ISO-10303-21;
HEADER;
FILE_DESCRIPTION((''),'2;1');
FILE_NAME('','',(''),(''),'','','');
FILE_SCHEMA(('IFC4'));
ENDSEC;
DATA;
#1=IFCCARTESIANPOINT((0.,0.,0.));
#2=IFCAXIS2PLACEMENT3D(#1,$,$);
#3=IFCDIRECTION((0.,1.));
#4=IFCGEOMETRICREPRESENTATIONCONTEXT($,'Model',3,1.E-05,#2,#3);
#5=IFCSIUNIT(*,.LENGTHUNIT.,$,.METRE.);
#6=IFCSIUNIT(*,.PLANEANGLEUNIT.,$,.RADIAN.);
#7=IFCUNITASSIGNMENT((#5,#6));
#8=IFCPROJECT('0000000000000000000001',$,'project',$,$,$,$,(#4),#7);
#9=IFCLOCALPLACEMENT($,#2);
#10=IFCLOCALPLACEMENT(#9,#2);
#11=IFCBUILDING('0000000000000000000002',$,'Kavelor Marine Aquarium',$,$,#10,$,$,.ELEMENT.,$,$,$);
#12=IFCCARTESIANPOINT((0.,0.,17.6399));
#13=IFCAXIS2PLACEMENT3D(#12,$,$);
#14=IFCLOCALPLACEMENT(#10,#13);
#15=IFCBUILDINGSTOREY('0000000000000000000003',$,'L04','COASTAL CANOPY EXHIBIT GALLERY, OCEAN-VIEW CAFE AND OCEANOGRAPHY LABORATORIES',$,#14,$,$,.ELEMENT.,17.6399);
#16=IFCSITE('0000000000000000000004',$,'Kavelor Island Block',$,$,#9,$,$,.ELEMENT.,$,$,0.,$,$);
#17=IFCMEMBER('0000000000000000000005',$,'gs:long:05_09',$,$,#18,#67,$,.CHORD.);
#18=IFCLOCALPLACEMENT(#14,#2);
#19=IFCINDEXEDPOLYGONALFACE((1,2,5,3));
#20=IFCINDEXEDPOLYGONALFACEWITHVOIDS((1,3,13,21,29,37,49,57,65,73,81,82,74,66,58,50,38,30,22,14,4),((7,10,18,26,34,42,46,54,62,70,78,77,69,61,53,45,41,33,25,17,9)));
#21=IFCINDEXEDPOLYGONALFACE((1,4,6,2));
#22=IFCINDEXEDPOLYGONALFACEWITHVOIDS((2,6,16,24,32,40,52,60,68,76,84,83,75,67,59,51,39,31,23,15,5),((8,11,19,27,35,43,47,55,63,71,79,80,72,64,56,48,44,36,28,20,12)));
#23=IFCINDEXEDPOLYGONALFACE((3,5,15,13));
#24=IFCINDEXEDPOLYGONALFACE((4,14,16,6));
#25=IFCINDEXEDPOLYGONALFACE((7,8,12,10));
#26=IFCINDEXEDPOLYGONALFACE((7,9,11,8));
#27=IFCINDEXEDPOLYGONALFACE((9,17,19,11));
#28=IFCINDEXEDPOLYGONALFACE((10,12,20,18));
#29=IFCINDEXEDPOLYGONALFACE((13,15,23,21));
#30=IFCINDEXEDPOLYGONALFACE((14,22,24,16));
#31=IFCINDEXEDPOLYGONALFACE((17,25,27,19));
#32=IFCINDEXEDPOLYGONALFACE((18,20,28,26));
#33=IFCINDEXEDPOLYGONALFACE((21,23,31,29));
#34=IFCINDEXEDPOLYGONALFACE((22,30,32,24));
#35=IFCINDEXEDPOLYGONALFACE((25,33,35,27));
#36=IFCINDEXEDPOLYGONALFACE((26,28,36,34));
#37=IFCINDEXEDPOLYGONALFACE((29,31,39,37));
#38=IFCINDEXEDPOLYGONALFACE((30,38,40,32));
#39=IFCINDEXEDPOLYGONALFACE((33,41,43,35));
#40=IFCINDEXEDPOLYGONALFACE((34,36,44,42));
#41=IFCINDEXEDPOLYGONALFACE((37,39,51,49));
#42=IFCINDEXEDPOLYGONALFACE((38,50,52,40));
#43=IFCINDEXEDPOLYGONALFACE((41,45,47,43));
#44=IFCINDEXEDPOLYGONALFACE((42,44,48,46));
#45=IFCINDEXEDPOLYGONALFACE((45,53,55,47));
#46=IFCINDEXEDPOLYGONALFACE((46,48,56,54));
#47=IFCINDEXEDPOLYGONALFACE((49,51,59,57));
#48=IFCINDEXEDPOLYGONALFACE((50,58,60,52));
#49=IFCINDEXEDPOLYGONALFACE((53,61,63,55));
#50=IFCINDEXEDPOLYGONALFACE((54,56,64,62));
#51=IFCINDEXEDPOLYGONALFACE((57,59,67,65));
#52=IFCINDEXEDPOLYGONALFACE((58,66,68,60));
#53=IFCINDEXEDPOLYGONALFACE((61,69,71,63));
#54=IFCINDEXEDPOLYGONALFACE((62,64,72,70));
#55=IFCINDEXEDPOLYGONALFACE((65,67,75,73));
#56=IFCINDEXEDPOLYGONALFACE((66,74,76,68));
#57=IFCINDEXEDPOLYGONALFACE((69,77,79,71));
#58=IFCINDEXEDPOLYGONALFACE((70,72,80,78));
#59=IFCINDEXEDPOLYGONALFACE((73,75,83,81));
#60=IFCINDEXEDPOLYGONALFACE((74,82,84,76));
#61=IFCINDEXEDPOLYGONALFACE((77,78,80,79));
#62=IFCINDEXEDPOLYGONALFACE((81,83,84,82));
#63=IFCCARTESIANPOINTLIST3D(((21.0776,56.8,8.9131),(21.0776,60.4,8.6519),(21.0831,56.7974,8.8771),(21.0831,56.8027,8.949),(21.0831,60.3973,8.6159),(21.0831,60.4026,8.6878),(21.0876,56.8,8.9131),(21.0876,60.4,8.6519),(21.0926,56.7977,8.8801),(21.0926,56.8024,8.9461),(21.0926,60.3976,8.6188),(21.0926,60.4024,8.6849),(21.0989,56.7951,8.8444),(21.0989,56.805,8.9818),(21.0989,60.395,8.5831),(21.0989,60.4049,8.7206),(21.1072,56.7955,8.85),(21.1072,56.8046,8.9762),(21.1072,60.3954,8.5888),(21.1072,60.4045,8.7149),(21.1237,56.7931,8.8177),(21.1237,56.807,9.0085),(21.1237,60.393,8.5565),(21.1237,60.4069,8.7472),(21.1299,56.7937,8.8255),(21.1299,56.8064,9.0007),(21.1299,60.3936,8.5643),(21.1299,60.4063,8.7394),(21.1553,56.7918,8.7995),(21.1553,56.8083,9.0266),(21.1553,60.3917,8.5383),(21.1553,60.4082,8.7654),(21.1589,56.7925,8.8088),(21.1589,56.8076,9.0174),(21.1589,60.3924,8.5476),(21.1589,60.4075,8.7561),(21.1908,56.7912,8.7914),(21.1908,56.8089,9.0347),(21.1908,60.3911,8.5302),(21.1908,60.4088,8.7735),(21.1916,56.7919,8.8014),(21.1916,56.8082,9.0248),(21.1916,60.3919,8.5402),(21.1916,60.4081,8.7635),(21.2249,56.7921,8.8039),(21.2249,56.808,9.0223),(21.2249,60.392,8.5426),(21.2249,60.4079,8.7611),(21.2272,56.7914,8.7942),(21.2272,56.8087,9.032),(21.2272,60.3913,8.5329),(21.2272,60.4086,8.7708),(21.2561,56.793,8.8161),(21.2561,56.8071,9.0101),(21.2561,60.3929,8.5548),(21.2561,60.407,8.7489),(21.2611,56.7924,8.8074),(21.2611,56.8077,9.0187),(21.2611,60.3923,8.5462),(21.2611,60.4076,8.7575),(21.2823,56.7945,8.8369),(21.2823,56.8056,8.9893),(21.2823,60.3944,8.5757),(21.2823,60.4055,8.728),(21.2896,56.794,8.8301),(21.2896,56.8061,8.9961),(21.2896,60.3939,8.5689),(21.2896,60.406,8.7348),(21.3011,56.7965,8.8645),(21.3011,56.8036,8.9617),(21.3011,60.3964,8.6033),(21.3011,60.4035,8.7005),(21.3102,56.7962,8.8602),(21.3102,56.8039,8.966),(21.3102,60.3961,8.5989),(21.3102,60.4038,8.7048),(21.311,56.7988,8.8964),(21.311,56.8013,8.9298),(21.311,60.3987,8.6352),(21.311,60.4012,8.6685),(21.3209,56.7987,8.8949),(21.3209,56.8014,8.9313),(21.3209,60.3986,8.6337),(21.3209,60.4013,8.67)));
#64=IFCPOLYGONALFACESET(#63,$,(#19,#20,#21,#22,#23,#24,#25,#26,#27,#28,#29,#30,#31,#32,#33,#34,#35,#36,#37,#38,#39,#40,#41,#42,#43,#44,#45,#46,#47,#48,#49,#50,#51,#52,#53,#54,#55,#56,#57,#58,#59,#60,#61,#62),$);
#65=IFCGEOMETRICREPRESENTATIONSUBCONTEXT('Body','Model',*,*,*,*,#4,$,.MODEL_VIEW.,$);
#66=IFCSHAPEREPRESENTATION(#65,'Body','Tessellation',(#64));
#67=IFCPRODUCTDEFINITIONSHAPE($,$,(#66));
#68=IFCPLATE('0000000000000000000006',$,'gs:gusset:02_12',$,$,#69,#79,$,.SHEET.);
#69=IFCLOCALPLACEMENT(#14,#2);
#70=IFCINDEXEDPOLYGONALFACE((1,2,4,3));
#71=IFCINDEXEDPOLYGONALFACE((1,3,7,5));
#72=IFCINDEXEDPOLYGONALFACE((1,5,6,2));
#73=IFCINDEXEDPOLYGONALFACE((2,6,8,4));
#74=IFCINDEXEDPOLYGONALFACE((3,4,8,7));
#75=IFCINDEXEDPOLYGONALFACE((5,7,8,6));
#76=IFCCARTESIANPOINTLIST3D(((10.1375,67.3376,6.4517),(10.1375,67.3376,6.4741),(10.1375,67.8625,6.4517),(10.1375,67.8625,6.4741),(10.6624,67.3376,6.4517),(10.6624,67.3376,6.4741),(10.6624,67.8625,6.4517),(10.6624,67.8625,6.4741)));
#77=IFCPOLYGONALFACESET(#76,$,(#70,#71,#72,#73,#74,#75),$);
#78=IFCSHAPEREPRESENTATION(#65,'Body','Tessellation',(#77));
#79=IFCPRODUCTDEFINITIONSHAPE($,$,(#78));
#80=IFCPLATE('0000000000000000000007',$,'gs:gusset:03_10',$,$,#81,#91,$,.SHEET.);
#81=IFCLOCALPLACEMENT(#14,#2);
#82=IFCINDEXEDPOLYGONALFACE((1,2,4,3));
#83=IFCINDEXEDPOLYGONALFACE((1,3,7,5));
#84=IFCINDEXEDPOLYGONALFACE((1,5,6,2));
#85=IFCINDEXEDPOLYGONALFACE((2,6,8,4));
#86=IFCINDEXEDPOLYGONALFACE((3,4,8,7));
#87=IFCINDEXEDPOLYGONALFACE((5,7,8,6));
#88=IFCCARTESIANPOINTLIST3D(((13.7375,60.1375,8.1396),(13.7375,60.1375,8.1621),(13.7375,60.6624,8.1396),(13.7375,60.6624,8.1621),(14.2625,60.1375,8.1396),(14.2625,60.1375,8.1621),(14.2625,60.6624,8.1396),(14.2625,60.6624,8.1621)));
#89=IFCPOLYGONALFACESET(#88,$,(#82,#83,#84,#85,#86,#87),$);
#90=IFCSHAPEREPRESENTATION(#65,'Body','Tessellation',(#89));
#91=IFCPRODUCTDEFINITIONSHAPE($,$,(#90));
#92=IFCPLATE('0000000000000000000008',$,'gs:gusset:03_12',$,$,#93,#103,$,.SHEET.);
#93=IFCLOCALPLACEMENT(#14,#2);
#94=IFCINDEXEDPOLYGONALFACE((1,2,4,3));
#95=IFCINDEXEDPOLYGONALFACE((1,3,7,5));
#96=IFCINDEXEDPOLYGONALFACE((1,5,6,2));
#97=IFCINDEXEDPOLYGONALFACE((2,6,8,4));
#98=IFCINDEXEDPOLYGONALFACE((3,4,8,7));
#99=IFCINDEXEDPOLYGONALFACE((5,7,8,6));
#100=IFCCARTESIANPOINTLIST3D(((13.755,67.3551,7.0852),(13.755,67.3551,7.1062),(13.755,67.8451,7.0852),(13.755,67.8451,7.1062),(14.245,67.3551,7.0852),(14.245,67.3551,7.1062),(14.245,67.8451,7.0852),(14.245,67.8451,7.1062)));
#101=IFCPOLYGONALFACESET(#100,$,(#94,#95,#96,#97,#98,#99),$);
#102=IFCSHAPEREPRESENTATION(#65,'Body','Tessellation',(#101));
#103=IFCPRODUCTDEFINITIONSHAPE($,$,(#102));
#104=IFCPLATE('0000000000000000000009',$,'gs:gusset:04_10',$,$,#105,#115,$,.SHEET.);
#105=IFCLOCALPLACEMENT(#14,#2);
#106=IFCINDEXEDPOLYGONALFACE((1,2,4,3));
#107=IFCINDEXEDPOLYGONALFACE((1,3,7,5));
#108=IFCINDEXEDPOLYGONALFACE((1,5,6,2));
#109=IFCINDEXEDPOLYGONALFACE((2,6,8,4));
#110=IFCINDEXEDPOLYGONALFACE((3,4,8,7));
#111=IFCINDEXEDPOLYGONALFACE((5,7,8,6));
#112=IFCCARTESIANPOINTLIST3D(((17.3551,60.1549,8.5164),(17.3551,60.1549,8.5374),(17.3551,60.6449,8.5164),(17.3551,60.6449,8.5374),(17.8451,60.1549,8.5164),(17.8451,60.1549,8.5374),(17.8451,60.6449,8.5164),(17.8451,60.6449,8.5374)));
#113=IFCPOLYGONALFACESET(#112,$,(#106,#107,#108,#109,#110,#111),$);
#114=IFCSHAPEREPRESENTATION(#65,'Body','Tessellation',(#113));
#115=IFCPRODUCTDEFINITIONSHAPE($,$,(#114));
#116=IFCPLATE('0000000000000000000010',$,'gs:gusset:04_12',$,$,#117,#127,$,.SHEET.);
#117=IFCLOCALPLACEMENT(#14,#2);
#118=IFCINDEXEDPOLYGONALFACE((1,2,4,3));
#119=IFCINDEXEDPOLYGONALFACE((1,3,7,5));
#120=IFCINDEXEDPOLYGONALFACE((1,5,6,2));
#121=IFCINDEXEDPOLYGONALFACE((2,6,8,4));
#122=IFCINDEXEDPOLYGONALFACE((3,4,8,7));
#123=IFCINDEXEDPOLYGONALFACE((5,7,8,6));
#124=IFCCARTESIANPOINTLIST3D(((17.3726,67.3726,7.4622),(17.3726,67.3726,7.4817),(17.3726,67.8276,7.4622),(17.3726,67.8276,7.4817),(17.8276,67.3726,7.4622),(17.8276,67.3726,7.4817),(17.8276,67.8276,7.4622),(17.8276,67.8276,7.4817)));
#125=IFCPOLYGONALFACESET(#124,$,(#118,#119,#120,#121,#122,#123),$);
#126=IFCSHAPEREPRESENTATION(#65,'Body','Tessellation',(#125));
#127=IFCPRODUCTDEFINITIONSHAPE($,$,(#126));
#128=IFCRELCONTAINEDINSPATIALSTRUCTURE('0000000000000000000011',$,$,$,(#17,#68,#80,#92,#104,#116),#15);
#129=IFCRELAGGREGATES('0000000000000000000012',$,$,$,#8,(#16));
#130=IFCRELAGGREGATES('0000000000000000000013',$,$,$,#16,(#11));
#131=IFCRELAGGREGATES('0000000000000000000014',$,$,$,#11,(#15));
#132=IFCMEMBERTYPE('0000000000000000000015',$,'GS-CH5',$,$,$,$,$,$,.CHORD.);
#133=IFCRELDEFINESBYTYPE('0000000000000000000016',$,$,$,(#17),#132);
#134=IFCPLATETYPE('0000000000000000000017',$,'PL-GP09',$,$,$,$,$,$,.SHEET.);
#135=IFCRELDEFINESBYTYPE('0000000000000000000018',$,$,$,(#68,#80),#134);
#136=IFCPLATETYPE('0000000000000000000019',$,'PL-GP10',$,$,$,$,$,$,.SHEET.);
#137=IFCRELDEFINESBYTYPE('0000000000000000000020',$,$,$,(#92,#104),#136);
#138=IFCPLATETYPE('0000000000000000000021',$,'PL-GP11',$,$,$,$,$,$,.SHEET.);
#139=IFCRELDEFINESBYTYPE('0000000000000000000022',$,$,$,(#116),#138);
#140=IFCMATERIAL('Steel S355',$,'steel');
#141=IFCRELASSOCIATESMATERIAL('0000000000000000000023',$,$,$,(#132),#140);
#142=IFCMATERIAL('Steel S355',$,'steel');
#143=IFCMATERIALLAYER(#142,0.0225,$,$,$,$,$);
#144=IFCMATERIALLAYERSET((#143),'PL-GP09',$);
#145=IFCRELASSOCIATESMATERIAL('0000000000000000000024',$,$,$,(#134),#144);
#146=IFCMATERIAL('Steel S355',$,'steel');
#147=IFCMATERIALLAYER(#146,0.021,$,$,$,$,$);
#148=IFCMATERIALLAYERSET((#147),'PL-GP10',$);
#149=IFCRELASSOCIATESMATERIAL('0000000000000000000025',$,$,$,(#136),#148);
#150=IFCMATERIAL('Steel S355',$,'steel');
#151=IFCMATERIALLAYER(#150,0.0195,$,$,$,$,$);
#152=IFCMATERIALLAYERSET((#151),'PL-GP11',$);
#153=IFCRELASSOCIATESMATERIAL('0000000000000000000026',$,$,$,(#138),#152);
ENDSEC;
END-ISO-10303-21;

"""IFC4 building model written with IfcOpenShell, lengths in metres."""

from ifc_helpers import new_model, si_unit, direction, frame, origin, origin_2d, place, context, subcontext, project, spatial, rectangle, hollow_circle, extrude, material, layer, layer_set, material_profile, profile_set, type_object, element, save


model = new_model("IFC4")

# Units and contexts
model_context = context("Model", 3, precision=1e-05, world=origin(), true_north=direction((0.0, 1.0)))
body_context = subcontext(model_context, "Body", "Model", "MODEL_VIEW")
ifc_project = project(units=[si_unit("LENGTHUNIT", "METRE"), si_unit("PLANEANGLEUNIT", "RADIAN")], contexts=[model_context])

# Site, building, storey
site_placement = place(None, origin())
site = spatial("IfcSite", under=ifc_project, at=site_placement, Name="Kavelor Island Block", CompositionType="ELEMENT", RefElevation=0.0)
building_placement = place(site_placement, origin())
building = spatial("IfcBuilding", under=site, at=building_placement, Name="Kavelor Marine Aquarium", CompositionType="ELEMENT")
storey_placement = place(building_placement, frame((0.0, 0.0, 17.6399)))
storey = spatial("IfcBuildingStorey", under=building, at=storey_placement, Name="L04", Description="COASTAL CANOPY EXHIBIT GALLERY, OCEAN-VIEW CAFE AND OCEANOGRAPHY LABORATORIES", CompositionType="ELEMENT", Elevation=17.6399)

# Member
ifc_material_1 = material(Name="Steel S355", Category="steel")
ifc_material_profile_1 = material_profile(ifc_material_1, hollow_circle(Radius=0.1223, WallThickness=0.01, at=origin_2d()), Name="CHS 244.5x10.0")
ifc_profile_set_1 = profile_set([ifc_material_profile_1], Name="Steel S355")
member_type_1 = type_object("IfcMemberType", Name="GS-CH5", PredefinedType="CHORD", material=ifc_profile_set_1)
member_1_placement = place(storey_placement, frame((21.2, 56.8, 8.9131), z_axis=(0.0, 0.997377, -0.072377), x_axis=(-1.0, 0.0, 0.0)))
element("IfcMember", 1, at=member_1_placement, inside=storey, type_object=member_type_1, Name="gs:long:05_09", PredefinedType="CHORD", context=body_context, shape_type="SweptSolid", body=[
    extrude(hollow_circle(Radius=0.1223, WallThickness=0.01, at=origin_2d()), origin(), (0.0, 0.0, 1.0), 3.6094),
])

# Plates
ifc_material_2 = material(Name="Steel S355", Category="steel")
ifc_layer_1 = layer(ifc_material_2, 0.0225)
ifc_layer_set_1 = layer_set([ifc_layer_1], Name="PL-GP09")
plate_type_1 = type_object("IfcPlateType", Name="PL-GP09", PredefinedType="SHEET", material=ifc_layer_set_1)
for number, where, z_axis, x_axis, name in (
    (2, (10.3999, 67.6001, 6.4517), (0.0, 0.0, 1.0), (1.0, 0.0, 0.0), "gs:gusset:02_12"),
    (3, (14.0, 60.3999, 8.1396), (0.0, 0.0, 1.0), (1.0, 0.0, 0.0), "gs:gusset:03_10"),
):
    element("IfcPlate", number, at=place(storey_placement, frame(where, z_axis=z_axis, x_axis=x_axis)), inside=storey, type_object=plate_type_1, Name=name, PredefinedType="SHEET", context=body_context, shape_type="SweptSolid", body=[
        extrude(rectangle(XDim=0.5249, YDim=0.5249, at=origin_2d()), origin(), (0.0, 0.0, 1.0), 0.0225),
    ])
ifc_material_3 = material(Name="Steel S355", Category="steel")
ifc_layer_2 = layer(ifc_material_3, 0.021)
ifc_layer_set_2 = layer_set([ifc_layer_2], Name="PL-GP10")
plate_type_2 = type_object("IfcPlateType", Name="PL-GP10", PredefinedType="SHEET", material=ifc_layer_set_2)
for number, where, z_axis, x_axis, name in (
    (4, (14.0, 67.6001, 7.0852), (0.0, 0.0, 1.0), (1.0, 0.0, 0.0), "gs:gusset:03_12"),
    (5, (17.6001, 60.3999, 8.5164), (0.0, 0.0, 1.0), (1.0, 0.0, 0.0), "gs:gusset:04_10"),
):
    element("IfcPlate", number, at=place(storey_placement, frame(where, z_axis=z_axis, x_axis=x_axis)), inside=storey, type_object=plate_type_2, Name=name, PredefinedType="SHEET", context=body_context, shape_type="SweptSolid", body=[
        extrude(rectangle(XDim=0.49, YDim=0.49, at=origin_2d()), origin(), (0.0, 0.0, 1.0), 0.021),
    ])
ifc_material_4 = material(Name="Steel S355", Category="steel")
ifc_layer_3 = layer(ifc_material_4, 0.0195)
ifc_layer_set_3 = layer_set([ifc_layer_3], Name="PL-GP11")
plate_type_3 = type_object("IfcPlateType", Name="PL-GP11", PredefinedType="SHEET", material=ifc_layer_set_3)
plate_placement = place(storey_placement, frame((17.6001, 67.6001, 7.4622), z_axis=(0.0, 0.0, 1.0), x_axis=(1.0, 0.0, 0.0)))
element("IfcPlate", 6, at=plate_placement, inside=storey, type_object=plate_type_3, Name="gs:gusset:04_12", PredefinedType="SHEET", context=body_context, shape_type="SweptSolid", body=[
    extrude(rectangle(XDim=0.4551, YDim=0.4551, at=origin_2d()), origin(), (0.0, 0.0, 1.0), 0.0195),
])

save(model, "model.ifc")
